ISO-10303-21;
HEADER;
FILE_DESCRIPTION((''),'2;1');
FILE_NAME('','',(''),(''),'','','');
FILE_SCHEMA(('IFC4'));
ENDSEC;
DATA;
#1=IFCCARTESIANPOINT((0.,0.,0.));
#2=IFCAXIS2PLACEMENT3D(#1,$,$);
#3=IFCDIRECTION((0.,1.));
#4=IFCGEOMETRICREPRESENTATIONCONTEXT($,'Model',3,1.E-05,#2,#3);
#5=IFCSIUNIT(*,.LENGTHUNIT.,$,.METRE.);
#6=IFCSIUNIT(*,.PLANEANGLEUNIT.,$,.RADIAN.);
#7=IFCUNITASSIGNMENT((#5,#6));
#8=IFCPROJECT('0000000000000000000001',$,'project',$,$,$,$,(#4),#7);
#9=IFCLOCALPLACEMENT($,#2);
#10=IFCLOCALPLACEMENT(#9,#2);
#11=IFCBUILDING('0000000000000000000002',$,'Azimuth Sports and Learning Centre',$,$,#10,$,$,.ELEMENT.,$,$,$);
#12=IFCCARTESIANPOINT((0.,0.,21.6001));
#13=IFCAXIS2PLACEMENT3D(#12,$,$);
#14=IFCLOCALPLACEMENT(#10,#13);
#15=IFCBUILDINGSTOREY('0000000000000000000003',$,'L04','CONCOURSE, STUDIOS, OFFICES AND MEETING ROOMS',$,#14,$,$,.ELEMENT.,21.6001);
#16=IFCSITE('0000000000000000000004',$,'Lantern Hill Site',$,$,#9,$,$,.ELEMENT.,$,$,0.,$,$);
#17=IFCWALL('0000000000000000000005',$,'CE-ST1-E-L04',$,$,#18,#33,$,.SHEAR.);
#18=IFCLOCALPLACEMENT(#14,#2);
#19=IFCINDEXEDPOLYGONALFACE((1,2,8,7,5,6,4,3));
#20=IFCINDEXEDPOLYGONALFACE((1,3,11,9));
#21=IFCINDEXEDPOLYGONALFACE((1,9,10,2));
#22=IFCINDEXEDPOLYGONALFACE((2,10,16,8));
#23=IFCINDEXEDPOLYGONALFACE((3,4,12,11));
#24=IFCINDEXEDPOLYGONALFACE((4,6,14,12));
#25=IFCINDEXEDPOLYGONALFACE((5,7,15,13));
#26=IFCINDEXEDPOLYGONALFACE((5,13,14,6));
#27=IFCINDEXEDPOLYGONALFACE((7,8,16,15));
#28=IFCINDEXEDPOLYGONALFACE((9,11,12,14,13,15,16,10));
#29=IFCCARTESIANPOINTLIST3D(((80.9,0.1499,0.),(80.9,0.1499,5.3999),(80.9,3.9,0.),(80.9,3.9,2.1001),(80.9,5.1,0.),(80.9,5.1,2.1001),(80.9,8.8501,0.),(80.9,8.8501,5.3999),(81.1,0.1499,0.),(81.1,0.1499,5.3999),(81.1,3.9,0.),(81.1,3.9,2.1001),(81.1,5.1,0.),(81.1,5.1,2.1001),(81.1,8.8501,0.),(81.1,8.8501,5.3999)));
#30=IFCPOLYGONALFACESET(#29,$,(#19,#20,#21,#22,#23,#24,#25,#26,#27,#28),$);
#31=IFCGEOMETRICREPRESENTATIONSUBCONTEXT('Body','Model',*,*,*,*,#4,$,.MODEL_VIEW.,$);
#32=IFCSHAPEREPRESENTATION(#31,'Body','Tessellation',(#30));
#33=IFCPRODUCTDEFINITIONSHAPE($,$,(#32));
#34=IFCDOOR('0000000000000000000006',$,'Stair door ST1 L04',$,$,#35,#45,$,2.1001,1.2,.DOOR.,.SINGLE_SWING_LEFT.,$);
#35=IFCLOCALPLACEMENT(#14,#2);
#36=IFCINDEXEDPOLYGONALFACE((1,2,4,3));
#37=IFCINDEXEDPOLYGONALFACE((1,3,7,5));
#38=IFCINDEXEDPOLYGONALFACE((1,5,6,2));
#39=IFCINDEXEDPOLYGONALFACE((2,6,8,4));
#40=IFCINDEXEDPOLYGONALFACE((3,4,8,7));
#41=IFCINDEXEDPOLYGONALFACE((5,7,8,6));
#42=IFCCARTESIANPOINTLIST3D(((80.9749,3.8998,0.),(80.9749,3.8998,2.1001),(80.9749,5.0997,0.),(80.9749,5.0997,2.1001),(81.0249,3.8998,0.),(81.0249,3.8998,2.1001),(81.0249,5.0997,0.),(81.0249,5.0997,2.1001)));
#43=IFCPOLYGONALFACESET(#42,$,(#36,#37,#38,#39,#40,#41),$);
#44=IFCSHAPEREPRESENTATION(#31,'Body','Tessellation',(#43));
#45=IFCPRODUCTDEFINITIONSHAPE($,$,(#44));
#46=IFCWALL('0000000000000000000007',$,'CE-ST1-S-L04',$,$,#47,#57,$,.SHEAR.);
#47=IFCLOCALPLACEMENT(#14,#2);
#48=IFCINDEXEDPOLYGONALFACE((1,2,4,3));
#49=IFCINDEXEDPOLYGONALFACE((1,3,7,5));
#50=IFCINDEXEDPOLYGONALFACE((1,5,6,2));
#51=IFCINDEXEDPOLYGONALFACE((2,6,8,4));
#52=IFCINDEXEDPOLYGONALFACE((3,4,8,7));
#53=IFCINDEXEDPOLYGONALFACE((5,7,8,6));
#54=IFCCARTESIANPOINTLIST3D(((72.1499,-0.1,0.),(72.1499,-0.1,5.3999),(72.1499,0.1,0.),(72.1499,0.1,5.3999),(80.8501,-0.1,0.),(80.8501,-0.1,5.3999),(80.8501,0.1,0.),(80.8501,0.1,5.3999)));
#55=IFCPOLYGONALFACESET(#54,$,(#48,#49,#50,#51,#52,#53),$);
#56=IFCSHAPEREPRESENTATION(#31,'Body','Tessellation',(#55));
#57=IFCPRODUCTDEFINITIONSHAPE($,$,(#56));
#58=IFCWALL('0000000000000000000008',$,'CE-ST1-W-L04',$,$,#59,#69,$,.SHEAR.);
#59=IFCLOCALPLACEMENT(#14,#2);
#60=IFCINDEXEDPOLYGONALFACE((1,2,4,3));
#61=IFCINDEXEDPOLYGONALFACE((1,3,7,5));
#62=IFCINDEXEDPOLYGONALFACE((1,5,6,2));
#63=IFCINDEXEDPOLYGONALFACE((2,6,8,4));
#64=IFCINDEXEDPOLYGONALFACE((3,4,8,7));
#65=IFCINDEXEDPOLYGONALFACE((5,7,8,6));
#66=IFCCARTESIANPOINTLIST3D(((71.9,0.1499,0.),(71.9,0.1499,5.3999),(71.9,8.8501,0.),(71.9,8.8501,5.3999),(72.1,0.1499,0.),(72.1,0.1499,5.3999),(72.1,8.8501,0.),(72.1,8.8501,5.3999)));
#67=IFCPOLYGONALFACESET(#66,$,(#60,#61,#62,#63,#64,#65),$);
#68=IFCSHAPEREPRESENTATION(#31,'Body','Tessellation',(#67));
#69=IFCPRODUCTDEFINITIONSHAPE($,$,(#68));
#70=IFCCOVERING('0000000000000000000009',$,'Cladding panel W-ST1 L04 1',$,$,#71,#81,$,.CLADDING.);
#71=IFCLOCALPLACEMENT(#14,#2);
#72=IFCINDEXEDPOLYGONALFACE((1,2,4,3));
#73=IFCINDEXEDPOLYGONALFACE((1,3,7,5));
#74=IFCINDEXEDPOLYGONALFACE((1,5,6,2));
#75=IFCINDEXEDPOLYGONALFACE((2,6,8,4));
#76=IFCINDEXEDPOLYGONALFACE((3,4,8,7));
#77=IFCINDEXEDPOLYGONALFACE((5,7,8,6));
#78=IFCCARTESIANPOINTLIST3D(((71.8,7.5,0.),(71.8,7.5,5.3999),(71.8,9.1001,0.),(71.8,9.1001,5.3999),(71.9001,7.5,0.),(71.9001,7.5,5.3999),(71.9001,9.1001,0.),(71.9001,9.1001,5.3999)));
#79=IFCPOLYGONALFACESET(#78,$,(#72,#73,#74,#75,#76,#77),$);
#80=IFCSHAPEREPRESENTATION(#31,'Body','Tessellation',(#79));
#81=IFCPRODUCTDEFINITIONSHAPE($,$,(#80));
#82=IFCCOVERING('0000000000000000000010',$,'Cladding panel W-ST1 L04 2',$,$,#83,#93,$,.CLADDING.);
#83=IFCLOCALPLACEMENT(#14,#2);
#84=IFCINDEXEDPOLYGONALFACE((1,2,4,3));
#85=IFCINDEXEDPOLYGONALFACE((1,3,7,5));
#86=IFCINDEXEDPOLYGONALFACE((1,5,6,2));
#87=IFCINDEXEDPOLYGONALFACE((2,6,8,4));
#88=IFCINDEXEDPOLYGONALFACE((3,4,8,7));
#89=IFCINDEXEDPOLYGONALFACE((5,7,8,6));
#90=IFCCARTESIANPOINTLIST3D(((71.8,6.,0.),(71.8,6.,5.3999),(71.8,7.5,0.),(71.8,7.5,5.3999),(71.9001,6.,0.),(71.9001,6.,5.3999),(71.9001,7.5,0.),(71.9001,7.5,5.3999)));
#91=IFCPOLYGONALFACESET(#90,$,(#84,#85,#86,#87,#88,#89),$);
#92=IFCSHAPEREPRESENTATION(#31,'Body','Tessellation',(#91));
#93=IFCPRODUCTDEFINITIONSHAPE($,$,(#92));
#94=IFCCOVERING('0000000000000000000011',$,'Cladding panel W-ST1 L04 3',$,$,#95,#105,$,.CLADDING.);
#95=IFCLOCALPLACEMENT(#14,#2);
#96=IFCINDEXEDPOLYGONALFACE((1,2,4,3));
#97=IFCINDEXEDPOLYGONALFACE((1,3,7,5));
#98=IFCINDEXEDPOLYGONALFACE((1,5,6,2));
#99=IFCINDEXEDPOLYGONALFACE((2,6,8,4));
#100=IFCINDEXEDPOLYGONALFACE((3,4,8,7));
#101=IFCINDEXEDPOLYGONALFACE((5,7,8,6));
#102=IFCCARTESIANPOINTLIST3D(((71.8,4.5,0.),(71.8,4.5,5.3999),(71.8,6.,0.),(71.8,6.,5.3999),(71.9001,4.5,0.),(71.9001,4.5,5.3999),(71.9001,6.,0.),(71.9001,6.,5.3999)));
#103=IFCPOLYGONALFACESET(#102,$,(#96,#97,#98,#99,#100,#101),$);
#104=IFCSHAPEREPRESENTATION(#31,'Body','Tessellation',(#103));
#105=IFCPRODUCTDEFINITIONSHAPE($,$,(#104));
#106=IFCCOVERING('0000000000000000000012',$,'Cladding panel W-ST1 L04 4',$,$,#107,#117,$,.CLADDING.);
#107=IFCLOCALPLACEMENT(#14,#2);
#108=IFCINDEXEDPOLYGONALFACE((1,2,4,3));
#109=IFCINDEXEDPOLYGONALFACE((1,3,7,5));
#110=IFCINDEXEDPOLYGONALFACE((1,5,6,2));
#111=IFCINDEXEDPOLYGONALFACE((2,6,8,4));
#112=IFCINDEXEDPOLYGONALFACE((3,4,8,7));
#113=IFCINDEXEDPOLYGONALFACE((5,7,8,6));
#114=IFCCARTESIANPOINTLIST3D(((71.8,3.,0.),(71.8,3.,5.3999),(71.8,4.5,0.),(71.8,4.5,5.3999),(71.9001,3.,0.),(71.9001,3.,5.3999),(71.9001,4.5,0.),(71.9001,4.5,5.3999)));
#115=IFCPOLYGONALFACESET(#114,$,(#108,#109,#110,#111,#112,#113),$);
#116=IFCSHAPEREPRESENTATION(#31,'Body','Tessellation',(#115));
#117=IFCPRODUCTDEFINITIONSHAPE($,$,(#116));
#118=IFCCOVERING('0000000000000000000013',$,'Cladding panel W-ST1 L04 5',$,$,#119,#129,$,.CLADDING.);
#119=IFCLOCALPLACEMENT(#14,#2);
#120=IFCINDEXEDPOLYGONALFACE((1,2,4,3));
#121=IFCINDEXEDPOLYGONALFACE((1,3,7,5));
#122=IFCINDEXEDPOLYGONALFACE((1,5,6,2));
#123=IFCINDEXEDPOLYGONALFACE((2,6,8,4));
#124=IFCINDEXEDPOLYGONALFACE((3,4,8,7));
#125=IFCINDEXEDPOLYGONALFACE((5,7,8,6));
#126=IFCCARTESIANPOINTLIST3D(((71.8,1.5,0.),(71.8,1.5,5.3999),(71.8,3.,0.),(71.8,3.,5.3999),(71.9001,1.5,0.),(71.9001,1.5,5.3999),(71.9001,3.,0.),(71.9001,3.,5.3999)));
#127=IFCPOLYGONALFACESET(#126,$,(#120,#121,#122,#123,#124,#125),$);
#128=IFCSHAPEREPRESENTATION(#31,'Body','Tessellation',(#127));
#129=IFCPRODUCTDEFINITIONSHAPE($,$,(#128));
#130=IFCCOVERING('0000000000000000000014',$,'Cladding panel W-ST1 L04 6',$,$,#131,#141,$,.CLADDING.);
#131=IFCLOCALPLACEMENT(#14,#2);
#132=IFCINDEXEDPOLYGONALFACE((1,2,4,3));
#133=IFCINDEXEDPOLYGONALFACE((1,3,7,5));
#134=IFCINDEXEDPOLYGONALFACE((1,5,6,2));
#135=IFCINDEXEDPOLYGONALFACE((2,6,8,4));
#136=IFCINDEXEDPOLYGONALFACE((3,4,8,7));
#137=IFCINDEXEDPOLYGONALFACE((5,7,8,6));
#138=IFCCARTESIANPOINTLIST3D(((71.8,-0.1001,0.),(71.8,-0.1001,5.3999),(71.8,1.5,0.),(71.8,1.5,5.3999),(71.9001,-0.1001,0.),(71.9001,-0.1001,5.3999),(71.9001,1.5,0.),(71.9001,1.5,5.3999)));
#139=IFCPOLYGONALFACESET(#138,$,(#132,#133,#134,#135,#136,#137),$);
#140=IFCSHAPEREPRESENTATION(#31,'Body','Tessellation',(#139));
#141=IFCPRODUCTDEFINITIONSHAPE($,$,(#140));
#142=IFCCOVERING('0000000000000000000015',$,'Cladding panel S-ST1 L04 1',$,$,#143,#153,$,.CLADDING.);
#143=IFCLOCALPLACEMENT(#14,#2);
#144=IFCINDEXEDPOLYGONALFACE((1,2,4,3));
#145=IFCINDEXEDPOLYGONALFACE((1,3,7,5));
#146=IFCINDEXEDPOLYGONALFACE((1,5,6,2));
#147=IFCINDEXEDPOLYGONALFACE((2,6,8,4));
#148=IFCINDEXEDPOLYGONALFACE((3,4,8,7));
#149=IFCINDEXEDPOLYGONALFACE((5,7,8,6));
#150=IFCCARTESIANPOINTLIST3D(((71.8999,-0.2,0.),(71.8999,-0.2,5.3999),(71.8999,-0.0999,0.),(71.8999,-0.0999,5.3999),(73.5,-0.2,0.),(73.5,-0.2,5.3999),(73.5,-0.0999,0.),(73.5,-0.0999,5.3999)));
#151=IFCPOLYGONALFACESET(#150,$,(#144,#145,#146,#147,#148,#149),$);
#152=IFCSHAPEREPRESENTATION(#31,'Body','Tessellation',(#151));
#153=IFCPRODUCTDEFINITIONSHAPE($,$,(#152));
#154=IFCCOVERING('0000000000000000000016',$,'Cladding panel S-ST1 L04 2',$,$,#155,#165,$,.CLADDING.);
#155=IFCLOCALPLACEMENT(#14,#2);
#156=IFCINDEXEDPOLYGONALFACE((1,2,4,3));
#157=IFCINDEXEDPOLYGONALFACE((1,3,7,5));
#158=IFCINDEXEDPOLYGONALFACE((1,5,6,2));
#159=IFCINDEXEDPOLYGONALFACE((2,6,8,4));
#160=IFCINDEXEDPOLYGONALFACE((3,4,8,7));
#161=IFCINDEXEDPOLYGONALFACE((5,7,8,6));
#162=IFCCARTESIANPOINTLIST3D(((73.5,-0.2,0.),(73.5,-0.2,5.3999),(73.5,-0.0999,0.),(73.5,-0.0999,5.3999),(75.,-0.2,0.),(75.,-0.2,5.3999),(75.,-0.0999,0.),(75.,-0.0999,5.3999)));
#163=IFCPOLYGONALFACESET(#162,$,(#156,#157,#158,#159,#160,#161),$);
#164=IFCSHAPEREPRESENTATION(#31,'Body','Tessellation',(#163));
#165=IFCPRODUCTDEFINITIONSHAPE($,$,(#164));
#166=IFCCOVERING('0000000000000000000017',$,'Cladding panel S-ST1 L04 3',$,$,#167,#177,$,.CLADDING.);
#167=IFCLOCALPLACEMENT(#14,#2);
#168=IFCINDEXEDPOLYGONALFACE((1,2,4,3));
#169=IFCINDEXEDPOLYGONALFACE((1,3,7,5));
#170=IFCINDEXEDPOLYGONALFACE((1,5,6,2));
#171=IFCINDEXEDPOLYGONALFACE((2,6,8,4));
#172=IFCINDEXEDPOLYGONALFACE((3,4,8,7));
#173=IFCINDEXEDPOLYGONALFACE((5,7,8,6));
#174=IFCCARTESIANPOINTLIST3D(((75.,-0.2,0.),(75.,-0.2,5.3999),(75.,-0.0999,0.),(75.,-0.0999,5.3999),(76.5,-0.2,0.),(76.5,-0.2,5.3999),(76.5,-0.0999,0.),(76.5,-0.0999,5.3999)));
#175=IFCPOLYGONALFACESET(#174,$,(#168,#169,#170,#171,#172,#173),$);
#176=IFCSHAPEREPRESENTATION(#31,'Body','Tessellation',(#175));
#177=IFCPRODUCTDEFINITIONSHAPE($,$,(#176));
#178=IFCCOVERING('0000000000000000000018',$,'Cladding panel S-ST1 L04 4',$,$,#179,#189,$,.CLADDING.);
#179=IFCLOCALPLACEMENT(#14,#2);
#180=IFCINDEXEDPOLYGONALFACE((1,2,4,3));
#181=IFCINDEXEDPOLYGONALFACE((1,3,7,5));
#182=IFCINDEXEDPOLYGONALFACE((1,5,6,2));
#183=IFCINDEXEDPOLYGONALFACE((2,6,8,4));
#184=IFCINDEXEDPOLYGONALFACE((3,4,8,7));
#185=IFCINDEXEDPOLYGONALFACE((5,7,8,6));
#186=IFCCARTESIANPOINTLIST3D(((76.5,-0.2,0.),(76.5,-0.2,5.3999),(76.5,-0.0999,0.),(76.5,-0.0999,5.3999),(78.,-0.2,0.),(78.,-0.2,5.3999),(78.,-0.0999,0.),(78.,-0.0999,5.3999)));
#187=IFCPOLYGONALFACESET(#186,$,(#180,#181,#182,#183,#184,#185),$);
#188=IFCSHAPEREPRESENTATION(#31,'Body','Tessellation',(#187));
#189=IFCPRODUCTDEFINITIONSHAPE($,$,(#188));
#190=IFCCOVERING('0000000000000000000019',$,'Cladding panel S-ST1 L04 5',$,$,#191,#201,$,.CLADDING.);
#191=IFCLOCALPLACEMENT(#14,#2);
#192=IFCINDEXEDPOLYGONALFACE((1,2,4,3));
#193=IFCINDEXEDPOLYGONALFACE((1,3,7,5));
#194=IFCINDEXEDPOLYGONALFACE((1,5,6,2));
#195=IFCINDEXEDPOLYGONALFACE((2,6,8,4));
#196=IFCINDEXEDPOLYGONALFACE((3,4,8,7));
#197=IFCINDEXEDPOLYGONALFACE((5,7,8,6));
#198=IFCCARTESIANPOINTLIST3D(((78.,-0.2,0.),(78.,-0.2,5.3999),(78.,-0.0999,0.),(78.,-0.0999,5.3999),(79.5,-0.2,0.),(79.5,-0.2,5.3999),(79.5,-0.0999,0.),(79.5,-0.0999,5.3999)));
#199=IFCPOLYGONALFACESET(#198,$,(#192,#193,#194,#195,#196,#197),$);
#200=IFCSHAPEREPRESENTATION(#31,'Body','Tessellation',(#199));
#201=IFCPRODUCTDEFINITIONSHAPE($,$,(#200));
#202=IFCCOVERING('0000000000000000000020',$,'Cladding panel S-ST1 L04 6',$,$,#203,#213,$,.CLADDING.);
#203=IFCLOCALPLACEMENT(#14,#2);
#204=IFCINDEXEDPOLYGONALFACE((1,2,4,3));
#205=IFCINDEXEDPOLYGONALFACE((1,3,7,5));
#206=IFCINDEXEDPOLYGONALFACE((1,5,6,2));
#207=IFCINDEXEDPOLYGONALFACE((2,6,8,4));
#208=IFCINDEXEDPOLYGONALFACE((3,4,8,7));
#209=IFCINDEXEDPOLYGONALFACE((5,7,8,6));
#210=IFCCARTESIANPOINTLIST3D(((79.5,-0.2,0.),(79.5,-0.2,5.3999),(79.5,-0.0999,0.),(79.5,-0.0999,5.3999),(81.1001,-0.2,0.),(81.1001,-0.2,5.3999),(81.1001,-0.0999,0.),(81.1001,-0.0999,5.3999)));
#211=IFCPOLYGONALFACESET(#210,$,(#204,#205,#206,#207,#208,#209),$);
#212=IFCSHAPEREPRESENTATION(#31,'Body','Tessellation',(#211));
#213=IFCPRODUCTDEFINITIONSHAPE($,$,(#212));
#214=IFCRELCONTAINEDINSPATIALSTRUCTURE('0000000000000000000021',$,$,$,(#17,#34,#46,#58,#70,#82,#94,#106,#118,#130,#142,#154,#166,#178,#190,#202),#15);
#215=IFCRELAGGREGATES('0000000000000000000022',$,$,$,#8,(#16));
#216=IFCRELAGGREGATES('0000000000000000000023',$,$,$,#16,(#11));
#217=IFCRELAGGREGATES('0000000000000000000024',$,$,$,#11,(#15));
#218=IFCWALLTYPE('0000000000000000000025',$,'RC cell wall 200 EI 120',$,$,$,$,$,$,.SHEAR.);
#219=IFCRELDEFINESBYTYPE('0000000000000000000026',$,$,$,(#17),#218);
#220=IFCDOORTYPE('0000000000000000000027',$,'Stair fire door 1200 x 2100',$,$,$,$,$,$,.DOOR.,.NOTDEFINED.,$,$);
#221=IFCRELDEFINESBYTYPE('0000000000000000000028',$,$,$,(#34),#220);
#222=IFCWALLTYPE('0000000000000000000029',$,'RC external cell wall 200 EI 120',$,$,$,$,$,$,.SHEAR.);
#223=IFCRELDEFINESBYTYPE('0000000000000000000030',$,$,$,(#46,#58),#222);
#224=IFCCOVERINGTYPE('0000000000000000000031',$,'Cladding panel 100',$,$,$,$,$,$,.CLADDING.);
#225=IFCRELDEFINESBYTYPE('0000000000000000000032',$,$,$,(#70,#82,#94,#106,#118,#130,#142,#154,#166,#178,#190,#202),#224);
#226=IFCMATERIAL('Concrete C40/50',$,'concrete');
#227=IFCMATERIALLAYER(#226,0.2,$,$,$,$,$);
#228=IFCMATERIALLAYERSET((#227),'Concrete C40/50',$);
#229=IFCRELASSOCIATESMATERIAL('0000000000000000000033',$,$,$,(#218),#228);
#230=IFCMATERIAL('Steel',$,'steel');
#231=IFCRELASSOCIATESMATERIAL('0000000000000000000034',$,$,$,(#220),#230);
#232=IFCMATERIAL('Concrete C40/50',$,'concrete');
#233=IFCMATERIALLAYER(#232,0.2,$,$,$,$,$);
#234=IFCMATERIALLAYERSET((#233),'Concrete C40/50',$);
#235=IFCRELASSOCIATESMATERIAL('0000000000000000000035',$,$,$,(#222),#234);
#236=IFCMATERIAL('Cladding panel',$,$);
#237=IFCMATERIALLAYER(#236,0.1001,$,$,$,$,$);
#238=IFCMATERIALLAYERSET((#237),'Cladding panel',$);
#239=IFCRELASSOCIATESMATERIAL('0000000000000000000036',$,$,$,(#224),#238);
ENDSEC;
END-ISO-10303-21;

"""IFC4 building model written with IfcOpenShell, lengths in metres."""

from ifc_helpers import new_model, si_unit, direction, frame, frame_2d, origin, origin_2d, place, context, subcontext, project, spatial, rectangle, extrude, material, layer, layer_set, type_object, element, fill, save


model = new_model("IFC4")

# Units and contexts
model_context = context("Model", 3, precision=1e-05, world=origin(), true_north=direction((0.0, 1.0)))
body_context = subcontext(model_context, "Body", "Model", "MODEL_VIEW")
ifc_project = project(units=[si_unit("LENGTHUNIT", "METRE"), si_unit("PLANEANGLEUNIT", "RADIAN")], contexts=[model_context])

# Site, building, storey
site_placement = place(None, origin())
site = spatial("IfcSite", under=ifc_project, at=site_placement, Name="Lantern Hill Site", CompositionType="ELEMENT", RefElevation=0.0)
building_placement = place(site_placement, origin())
building = spatial("IfcBuilding", under=site, at=building_placement, Name="Azimuth Sports and Learning Centre", CompositionType="ELEMENT")
storey_placement = place(building_placement, frame((0.0, 0.0, 21.6001)))
storey = spatial("IfcBuildingStorey", under=building, at=storey_placement, Name="L04", Description="CONCOURSE, STUDIOS, OFFICES AND MEETING ROOMS", CompositionType="ELEMENT", Elevation=21.6001)

# Shared definitions
ifc_material_1 = material(Name="Concrete C40/50", Category="concrete")
ifc_layer_1 = layer(ifc_material_1, 0.2)
ifc_layer_set_1 = layer_set([ifc_layer_1], Name="Concrete C40/50")
wall_type_1 = type_object("IfcWallType", Name="RC cell wall 200 EI 120", PredefinedType="SHEAR", material=ifc_layer_set_1)

# Wall, opening, door
wall_1_placement = place(storey_placement, frame((81.0, 0.1499, 0.0), z_axis=(0.0, 0.0, 1.0), x_axis=(0.0, 1.0, 0.0)))
wall_1 = element("IfcWall", 1, at=wall_1_placement, inside=storey, type_object=wall_type_1, Name="CE-ST1-E-L04", PredefinedType="SHEAR", context=body_context, shape_type="SweptSolid", body=[
    extrude(rectangle(XDim=8.7002, YDim=0.2, at=frame_2d((4.3501, 0.0))), origin(), (0.0, 0.0, 1.0), 5.3999),
])
opening_1_placement = place(wall_1_placement, frame((3.75, 0.0, 0.0)))
opening_1 = element("IfcOpeningElement", 2, at=opening_1_placement, cuts=wall_1, PredefinedType="OPENING", context=body_context, shape_type="SweptSolid", body=[
    extrude(rectangle(XDim=1.2, YDim=2.1001, at=frame_2d((0.6001, 1.05))), frame((0.0, 0.1108, 0.0), z_axis=(0.0, -1.0, 0.0), x_axis=(1.0, 0.0, 0.0)), (0.0, 0.0, 1.0), 0.2219),
])
ifc_material_2 = material(Name="Steel", Category="steel")
door_type_1 = type_object("IfcDoorType", Name="Stair fire door 1200 x 2100", OperationType="NOTDEFINED", PredefinedType="DOOR", material=ifc_material_2)
door_1_placement = place(opening_1_placement, frame((1.2, 0.0, 0.0), z_axis=(0.0, 0.0, 1.0), x_axis=(-1.0, 0.0, 0.0)))
door_1 = element("IfcDoor", 3, at=door_1_placement, inside=storey, type_object=door_type_1, Name="Stair door ST1 L04", OperationType="SINGLE_SWING_LEFT", OverallHeight=2.1001, OverallWidth=1.2, PredefinedType="DOOR", context=body_context, shape_type="SweptSolid", body=[
    extrude(rectangle(XDim=1.2, YDim=2.1001, at=frame_2d((0.6001, 1.05))), frame((0.0, 0.0249, 0.0), z_axis=(0.0, -1.0, 0.0), x_axis=(1.0, 0.0, 0.0)), (0.0, 0.0, 1.0), 0.05),
])
fill(opening_1, door_1)

# Walls
ifc_material_3 = material(Name="Concrete C40/50", Category="concrete")
ifc_layer_2 = layer(ifc_material_3, 0.2)
ifc_layer_set_2 = layer_set([ifc_layer_2], Name="Concrete C40/50")
wall_type_2 = type_object("IfcWallType", Name="RC external cell wall 200 EI 120", PredefinedType="SHEAR", material=ifc_layer_set_2)
for number, where, z_axis, x_axis, name in (
    (4, (72.1499, 0.0, 0.0), (0.0, 0.0, 1.0), (1.0, 0.0, 0.0), "CE-ST1-S-L04"),
    (5, (72.0, 0.1499, 0.0), (0.0, 0.0, 1.0), (0.0, 1.0, 0.0), "CE-ST1-W-L04"),
):
    element("IfcWall", number, at=place(storey_placement, frame(where, z_axis=z_axis, x_axis=x_axis)), inside=storey, type_object=wall_type_2, Name=name, PredefinedType="SHEAR", context=body_context, shape_type="SweptSolid", body=[
        extrude(rectangle(XDim=8.7002, YDim=0.2, at=frame_2d((4.3501, 0.0))), origin(), (0.0, 0.0, 1.0), 5.3999),
    ])

# Coverings
ifc_material_4 = material(Name="Cladding panel")
ifc_layer_3 = layer(ifc_material_4, 0.1001)
ifc_layer_set_3 = layer_set([ifc_layer_3], Name="Cladding panel")
covering_type = type_object("IfcCoveringType", Name="Cladding panel 100", PredefinedType="CLADDING", material=ifc_layer_set_3)
covering_1_placement = place(storey_placement, frame((71.8501, 8.3, 0.0), z_axis=(0.0, 0.0, 1.0), x_axis=(0.0, -1.0, 0.0)))
element("IfcCovering", 6, at=covering_1_placement, inside=storey, type_object=covering_type, Name="Cladding panel W-ST1 L04 1", PredefinedType="CLADDING", context=body_context, shape_type="SweptSolid", body=[
    extrude(rectangle(XDim=1.6001, YDim=0.1001, at=origin_2d()), origin(), (0.0, 0.0, 1.0), 5.3999),
])
for number, where, z_axis, x_axis, name in (
    (7, (71.8501, 6.75, 0.0), (0.0, 0.0, 1.0), (0.0, -1.0, 0.0), "Cladding panel W-ST1 L04 2"),
    (8, (71.8501, 5.25, 0.0), (0.0, 0.0, 1.0), (0.0, -1.0, 0.0), "Cladding panel W-ST1 L04 3"),
    (9, (71.8501, 3.75, 0.0), (0.0, 0.0, 1.0), (0.0, -1.0, 0.0), "Cladding panel W-ST1 L04 4"),
    (10, (71.8501, 2.25, 0.0), (0.0, 0.0, 1.0), (0.0, -1.0, 0.0), "Cladding panel W-ST1 L04 5"),
):
    element("IfcCovering", number, at=place(storey_placement, frame(where, z_axis=z_axis, x_axis=x_axis)), inside=storey, type_object=covering_type, Name=name, PredefinedType="CLADDING", context=body_context, shape_type="SweptSolid", body=[
        extrude(rectangle(XDim=1.5, YDim=0.1001, at=origin_2d()), origin(), (0.0, 0.0, 1.0), 5.3999),
    ])
for number, where, z_axis, x_axis, name in (
    (11, (71.8501, 0.7, 0.0), (0.0, 0.0, 1.0), (0.0, -1.0, 0.0), "Cladding panel W-ST1 L04 6"),
    (12, (72.7, -0.1499, 0.0), (0.0, 0.0, 1.0), (1.0, 0.0, 0.0), "Cladding panel S-ST1 L04 1"),
):
    element("IfcCovering", number, at=place(storey_placement, frame(where, z_axis=z_axis, x_axis=x_axis)), inside=storey, type_object=covering_type, Name=name, PredefinedType="CLADDING", context=body_context, shape_type="SweptSolid", body=[
        extrude(rectangle(XDim=1.6001, YDim=0.1001, at=origin_2d()), origin(), (0.0, 0.0, 1.0), 5.3999),
    ])
for number, where, z_axis, x_axis, name in (
    (13, (74.25, -0.1499, 0.0), (0.0, 0.0, 1.0), (1.0, 0.0, 0.0), "Cladding panel S-ST1 L04 2"),
    (14, (75.75, -0.1499, 0.0), (0.0, 0.0, 1.0), (1.0, 0.0, 0.0), "Cladding panel S-ST1 L04 3"),
    (15, (77.25, -0.1499, 0.0), (0.0, 0.0, 1.0), (1.0, 0.0, 0.0), "Cladding panel S-ST1 L04 4"),
    (16, (78.75, -0.1499, 0.0), (0.0, 0.0, 1.0), (1.0, 0.0, 0.0), "Cladding panel S-ST1 L04 5"),
):
    element("IfcCovering", number, at=place(storey_placement, frame(where, z_axis=z_axis, x_axis=x_axis)), inside=storey, type_object=covering_type, Name=name, PredefinedType="CLADDING", context=body_context, shape_type="SweptSolid", body=[
        extrude(rectangle(XDim=1.5, YDim=0.1001, at=origin_2d()), origin(), (0.0, 0.0, 1.0), 5.3999),
    ])
covering_2_placement = place(storey_placement, frame((80.3, -0.1499, 0.0), z_axis=(0.0, 0.0, 1.0), x_axis=(1.0, 0.0, 0.0)))
element("IfcCovering", 17, at=covering_2_placement, inside=storey, type_object=covering_type, Name="Cladding panel S-ST1 L04 6", PredefinedType="CLADDING", context=body_context, shape_type="SweptSolid", body=[
    extrude(rectangle(XDim=1.6001, YDim=0.1001, at=origin_2d()), origin(), (0.0, 0.0, 1.0), 5.3999),
])

save(model, "model.ifc")
